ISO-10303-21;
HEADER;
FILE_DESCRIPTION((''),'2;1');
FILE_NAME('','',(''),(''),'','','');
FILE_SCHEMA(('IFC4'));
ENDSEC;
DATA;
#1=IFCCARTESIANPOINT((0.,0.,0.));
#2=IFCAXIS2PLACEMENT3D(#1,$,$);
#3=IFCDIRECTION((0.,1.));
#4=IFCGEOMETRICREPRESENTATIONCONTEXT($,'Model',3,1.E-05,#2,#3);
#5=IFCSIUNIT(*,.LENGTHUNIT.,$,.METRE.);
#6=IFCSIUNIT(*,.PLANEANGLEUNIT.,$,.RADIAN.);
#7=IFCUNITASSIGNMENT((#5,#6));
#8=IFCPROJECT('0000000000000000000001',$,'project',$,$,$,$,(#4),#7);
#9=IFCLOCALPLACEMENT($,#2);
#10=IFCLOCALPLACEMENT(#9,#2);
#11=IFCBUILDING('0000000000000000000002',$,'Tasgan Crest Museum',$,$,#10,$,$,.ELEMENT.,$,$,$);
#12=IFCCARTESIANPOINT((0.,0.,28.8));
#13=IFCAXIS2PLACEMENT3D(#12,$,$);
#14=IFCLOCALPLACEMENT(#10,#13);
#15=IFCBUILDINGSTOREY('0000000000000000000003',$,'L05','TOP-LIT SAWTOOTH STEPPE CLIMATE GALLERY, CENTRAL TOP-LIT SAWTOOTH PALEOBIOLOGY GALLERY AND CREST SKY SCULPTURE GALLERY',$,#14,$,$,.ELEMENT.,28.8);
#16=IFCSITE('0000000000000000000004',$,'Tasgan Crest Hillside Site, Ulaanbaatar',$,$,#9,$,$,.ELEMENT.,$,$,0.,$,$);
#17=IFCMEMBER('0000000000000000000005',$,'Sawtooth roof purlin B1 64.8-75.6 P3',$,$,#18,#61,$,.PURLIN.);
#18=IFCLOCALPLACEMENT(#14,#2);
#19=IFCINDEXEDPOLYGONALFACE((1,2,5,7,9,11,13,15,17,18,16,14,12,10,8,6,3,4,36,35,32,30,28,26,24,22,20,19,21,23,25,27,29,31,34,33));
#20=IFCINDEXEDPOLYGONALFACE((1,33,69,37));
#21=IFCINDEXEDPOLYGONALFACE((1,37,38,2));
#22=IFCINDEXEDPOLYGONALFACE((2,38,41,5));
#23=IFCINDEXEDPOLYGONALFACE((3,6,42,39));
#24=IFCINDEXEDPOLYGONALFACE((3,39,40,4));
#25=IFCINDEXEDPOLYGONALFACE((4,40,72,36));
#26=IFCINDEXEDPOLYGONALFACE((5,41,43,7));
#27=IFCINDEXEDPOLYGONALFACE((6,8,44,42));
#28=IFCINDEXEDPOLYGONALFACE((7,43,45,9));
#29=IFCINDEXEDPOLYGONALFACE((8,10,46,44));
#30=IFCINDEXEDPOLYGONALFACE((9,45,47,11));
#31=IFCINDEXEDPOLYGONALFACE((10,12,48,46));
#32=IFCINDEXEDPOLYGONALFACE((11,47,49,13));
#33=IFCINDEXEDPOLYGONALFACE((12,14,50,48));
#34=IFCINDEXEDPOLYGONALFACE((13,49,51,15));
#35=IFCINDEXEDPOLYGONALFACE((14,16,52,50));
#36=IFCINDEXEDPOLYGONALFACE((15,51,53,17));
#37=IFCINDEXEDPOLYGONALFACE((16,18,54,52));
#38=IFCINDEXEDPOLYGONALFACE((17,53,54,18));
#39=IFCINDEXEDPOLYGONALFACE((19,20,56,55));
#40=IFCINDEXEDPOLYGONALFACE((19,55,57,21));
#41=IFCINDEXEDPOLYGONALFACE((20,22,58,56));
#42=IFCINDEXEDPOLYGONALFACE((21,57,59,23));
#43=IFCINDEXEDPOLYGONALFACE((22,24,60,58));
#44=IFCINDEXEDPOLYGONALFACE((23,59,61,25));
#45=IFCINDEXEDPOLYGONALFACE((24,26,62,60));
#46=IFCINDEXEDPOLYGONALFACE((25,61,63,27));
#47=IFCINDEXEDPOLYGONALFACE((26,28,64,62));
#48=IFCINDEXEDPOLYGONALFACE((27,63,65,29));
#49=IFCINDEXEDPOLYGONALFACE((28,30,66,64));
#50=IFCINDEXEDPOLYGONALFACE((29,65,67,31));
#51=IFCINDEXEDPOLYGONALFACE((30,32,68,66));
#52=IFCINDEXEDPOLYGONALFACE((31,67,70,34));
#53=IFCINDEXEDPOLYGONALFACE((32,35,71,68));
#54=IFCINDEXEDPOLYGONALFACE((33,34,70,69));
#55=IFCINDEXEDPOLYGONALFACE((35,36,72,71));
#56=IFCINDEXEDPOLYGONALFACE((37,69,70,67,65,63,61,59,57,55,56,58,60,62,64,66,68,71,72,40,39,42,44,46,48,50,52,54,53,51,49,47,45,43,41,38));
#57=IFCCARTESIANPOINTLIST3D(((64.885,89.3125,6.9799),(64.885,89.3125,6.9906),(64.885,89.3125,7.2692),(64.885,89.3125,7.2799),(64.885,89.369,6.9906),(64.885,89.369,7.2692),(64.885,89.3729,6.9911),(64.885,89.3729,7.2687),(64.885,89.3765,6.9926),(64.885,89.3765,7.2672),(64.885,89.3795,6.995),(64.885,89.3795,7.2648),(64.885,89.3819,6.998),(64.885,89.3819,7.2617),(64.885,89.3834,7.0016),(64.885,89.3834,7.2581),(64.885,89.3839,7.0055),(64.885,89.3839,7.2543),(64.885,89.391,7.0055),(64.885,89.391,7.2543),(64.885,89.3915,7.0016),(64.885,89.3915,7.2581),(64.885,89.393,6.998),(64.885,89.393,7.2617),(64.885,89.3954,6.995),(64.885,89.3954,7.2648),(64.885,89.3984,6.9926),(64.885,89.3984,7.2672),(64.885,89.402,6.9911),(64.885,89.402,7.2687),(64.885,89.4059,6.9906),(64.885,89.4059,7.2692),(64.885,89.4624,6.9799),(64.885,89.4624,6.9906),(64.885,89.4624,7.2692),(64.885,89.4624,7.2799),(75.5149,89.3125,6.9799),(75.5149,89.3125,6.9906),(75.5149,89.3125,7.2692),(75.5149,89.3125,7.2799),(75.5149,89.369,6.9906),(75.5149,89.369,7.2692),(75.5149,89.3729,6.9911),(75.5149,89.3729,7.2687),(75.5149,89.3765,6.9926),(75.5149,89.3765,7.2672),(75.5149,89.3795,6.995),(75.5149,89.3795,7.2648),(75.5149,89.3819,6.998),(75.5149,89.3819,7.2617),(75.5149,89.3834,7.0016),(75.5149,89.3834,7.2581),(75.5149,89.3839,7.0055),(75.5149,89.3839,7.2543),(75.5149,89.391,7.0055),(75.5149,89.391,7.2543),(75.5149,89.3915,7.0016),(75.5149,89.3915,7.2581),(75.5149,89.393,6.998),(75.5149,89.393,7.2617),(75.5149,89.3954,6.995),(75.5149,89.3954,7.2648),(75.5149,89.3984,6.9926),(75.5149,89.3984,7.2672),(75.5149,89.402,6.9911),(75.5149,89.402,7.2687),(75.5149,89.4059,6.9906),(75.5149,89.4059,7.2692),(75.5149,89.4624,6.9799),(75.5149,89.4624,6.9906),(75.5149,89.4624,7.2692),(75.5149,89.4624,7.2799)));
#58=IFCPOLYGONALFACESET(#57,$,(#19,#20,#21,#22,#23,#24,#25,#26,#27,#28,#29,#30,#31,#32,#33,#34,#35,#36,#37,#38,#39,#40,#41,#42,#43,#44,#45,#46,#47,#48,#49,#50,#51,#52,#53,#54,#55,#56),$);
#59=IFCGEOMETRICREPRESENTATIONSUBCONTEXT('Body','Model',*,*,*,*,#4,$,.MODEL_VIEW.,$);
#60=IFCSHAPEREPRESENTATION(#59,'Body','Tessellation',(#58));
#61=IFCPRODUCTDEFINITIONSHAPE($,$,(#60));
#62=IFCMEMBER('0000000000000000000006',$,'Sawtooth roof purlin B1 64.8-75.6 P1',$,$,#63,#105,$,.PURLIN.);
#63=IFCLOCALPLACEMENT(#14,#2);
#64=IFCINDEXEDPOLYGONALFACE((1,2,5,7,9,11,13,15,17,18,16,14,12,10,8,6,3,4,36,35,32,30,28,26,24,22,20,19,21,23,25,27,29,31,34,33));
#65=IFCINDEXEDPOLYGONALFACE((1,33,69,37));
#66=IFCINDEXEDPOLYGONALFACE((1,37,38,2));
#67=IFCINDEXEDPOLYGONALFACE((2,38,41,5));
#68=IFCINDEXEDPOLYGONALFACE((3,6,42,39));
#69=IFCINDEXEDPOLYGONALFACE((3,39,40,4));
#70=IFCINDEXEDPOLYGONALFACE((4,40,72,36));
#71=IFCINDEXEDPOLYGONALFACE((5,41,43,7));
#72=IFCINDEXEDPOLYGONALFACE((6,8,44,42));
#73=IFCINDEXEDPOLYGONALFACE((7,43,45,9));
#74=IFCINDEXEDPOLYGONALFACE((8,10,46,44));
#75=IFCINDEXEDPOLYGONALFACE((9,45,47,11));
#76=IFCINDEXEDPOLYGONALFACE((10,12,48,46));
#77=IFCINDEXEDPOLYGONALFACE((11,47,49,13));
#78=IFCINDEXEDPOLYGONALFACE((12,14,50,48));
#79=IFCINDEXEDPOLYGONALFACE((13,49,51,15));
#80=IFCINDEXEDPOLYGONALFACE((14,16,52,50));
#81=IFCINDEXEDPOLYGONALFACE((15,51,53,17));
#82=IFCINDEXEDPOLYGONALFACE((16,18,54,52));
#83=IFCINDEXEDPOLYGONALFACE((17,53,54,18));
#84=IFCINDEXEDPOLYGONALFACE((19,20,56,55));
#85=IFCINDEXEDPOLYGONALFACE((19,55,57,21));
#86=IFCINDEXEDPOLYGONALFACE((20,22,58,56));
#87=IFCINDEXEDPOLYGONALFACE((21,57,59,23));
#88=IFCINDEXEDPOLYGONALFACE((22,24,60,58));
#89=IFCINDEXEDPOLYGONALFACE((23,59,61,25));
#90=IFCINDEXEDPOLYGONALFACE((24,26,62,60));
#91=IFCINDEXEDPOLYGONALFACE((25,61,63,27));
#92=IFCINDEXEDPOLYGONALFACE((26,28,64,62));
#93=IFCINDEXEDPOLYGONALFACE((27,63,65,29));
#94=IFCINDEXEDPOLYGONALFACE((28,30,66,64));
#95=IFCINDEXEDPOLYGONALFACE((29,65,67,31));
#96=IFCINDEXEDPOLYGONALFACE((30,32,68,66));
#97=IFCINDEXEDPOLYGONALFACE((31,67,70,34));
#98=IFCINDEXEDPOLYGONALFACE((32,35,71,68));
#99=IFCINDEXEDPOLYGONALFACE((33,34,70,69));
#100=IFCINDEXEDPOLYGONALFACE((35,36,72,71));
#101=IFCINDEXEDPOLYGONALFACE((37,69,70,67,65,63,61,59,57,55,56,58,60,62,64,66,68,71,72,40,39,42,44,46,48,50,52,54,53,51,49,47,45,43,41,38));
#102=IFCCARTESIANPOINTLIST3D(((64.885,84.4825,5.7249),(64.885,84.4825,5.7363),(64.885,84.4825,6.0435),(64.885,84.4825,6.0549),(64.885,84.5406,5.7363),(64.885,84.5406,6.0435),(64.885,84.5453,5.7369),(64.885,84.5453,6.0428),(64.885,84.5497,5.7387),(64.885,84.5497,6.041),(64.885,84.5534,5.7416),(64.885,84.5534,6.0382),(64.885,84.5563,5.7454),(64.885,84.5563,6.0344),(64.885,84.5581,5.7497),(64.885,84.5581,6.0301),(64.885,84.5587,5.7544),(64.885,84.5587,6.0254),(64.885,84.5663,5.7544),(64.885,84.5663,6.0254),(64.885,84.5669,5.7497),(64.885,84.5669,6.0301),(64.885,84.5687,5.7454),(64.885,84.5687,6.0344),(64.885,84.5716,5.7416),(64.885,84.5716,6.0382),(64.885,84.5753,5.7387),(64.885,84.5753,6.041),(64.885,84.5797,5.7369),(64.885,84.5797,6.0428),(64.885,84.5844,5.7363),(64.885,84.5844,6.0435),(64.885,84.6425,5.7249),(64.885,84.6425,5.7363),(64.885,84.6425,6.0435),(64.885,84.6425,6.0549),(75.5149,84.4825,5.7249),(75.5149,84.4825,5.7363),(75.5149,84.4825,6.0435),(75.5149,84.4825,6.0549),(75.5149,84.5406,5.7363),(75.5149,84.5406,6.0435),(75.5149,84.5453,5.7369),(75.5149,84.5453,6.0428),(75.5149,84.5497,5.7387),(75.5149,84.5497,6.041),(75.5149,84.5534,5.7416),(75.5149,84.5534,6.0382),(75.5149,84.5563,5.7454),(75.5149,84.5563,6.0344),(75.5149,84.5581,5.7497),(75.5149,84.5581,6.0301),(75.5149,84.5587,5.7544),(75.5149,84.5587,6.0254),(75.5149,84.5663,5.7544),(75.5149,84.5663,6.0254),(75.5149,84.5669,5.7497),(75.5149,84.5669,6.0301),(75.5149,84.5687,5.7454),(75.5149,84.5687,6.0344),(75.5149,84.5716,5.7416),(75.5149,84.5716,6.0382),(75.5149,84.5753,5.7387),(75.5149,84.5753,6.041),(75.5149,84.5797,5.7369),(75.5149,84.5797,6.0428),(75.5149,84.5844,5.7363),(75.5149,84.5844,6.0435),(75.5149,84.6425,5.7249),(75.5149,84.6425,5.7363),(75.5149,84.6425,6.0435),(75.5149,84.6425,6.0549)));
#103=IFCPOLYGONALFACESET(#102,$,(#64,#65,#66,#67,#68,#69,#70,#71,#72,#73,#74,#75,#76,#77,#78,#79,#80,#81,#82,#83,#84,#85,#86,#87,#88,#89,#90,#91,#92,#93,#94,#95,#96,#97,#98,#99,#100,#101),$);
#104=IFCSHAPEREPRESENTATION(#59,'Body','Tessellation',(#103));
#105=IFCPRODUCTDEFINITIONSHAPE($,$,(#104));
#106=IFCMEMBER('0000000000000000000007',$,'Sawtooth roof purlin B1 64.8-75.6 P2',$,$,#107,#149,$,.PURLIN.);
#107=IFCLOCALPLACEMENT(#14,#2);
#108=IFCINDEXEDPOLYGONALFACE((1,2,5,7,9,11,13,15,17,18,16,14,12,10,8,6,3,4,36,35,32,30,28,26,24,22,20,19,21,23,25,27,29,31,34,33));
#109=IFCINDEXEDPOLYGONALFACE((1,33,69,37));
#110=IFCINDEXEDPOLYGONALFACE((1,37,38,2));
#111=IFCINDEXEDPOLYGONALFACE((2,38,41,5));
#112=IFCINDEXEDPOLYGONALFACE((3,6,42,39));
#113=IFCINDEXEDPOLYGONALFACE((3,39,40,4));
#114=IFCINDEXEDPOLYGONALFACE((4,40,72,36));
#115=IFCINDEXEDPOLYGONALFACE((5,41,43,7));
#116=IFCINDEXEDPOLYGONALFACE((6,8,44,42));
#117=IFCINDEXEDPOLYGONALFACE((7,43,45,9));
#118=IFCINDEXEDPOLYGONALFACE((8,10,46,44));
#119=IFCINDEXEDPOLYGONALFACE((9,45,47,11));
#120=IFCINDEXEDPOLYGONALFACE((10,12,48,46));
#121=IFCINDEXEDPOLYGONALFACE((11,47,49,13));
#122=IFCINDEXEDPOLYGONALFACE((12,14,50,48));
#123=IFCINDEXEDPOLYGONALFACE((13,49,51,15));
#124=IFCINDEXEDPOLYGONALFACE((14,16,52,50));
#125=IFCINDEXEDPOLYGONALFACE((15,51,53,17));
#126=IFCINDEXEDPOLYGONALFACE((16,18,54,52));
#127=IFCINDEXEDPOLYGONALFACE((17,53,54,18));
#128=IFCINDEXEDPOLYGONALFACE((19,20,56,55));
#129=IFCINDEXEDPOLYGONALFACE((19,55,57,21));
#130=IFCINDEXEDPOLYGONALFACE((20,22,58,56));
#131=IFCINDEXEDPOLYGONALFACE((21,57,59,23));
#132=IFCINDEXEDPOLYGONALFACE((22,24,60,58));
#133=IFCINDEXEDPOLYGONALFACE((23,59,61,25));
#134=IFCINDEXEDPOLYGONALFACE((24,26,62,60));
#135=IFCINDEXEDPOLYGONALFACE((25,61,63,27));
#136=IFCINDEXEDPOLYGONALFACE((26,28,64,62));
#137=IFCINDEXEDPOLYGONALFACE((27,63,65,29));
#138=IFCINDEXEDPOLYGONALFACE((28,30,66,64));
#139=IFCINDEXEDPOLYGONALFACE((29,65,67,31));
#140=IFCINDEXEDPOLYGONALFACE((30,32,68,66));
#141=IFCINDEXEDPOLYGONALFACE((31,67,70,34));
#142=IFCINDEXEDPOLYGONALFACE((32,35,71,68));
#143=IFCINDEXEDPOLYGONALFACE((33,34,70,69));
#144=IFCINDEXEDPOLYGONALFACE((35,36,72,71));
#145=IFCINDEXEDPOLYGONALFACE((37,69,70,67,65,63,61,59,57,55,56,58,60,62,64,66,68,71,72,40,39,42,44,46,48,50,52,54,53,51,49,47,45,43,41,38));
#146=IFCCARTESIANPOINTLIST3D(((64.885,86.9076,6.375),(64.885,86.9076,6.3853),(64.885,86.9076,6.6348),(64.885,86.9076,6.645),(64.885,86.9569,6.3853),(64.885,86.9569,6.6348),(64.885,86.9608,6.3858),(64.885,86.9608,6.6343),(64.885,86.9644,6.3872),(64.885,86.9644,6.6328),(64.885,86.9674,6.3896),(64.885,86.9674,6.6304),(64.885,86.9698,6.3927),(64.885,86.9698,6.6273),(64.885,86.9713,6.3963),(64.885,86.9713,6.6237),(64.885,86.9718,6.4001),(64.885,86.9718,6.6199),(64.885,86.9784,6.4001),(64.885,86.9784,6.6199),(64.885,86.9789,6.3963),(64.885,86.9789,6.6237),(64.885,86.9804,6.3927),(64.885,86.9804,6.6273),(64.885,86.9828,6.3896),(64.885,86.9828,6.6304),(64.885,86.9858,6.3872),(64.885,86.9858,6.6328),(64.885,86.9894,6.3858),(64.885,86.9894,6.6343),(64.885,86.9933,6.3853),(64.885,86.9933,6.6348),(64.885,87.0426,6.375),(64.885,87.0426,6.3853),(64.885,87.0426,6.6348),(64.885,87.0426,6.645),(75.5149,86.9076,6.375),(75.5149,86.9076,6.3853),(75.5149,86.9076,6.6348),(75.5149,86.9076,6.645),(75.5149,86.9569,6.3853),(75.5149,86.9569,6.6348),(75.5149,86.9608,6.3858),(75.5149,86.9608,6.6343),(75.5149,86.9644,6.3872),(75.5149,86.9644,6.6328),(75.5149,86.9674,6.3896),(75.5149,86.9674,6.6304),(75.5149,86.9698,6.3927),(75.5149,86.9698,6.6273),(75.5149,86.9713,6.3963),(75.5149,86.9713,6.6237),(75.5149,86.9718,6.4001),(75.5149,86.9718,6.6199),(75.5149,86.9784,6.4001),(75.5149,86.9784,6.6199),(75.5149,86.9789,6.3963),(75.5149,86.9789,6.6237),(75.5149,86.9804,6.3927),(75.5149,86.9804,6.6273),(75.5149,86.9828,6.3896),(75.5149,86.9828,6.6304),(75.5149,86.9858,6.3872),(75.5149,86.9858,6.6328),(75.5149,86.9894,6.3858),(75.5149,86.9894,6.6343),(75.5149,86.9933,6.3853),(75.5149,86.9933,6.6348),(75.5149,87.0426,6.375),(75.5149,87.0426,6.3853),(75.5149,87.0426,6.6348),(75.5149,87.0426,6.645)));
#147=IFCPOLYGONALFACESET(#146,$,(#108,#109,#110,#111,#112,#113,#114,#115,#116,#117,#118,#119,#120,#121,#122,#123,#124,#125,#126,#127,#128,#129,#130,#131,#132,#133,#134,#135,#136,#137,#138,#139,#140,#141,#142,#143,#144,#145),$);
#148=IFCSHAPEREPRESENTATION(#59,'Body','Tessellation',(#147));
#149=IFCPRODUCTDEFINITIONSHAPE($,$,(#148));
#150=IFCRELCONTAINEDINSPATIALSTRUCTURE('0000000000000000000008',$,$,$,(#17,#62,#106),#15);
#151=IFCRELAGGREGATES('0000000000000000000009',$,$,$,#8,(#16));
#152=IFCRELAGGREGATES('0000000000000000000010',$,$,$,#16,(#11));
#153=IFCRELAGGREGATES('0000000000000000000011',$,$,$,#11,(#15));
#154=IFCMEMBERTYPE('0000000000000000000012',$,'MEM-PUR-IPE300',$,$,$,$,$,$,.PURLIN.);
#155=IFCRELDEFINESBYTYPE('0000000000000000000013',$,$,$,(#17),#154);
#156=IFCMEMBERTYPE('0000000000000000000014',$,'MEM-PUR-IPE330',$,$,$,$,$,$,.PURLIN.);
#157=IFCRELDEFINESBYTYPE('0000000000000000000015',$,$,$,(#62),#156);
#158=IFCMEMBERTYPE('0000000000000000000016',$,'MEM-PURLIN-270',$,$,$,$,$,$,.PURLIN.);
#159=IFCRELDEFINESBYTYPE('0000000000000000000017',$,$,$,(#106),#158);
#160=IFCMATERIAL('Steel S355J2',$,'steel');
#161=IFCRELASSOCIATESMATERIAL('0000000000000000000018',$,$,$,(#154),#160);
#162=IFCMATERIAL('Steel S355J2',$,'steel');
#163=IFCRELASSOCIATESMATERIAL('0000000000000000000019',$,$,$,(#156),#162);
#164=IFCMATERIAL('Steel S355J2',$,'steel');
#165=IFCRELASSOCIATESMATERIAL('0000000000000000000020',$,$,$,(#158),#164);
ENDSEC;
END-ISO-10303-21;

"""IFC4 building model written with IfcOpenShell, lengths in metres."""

from ifc_helpers import new_model, si_unit, direction, frame, origin, origin_2d, place, context, subcontext, project, spatial, i_section, extrude, material, material_profile, profile_set, type_object, element, save


model = new_model("IFC4")

# Units and contexts
model_context = context("Model", 3, precision=1e-05, world=origin(), true_north=direction((0.0, 1.0)))
body_context = subcontext(model_context, "Body", "Model", "MODEL_VIEW")
ifc_project = project(units=[si_unit("LENGTHUNIT", "METRE"), si_unit("PLANEANGLEUNIT", "RADIAN")], contexts=[model_context])

# Site, building, storey
site_placement = place(None, origin())
site = spatial("IfcSite", under=ifc_project, at=site_placement, Name="Tasgan Crest Hillside Site, Ulaanbaatar", CompositionType="ELEMENT", RefElevation=0.0)
building_placement = place(site_placement, origin())
building = spatial("IfcBuilding", under=site, at=building_placement, Name="Tasgan Crest Museum", CompositionType="ELEMENT")
storey_placement = place(building_placement, frame((0.0, 0.0, 28.8)))
storey = spatial("IfcBuildingStorey", under=building, at=storey_placement, Name="L05", Description="TOP-LIT SAWTOOTH STEPPE CLIMATE GALLERY, CENTRAL TOP-LIT SAWTOOTH PALEOBIOLOGY GALLERY AND CREST SKY SCULPTURE GALLERY", CompositionType="ELEMENT", Elevation=28.8)

# Members
ifc_material_1 = material(Name="Steel S355J2", Category="steel")
ifc_material_profile_1 = material_profile(ifc_material_1, i_section(OverallWidth=0.1499, OverallDepth=0.3, WebThickness=0.0071, FlangeThickness=0.0107, FilletRadius=0.0149, at=origin_2d()), Name="IPE 300")
ifc_profile_set_1 = profile_set([ifc_material_profile_1], Name="Steel S355J2")
member_type_1 = type_object("IfcMemberType", Name="MEM-PUR-IPE300", PredefinedType="PURLIN", material=ifc_profile_set_1)
member_1_placement = place(storey_placement, frame((64.885, 89.3875, 7.1299), z_axis=(1.0, 0.0, 0.0), x_axis=(0.0, 1.0, 0.0)))
element("IfcMember", 1, at=member_1_placement, inside=storey, type_object=member_type_1, Name="Sawtooth roof purlin B1 64.8-75.6 P3", PredefinedType="PURLIN", context=body_context, shape_type="SweptSolid", body=[
    extrude(i_section(OverallWidth=0.1499, OverallDepth=0.3, WebThickness=0.0071, FlangeThickness=0.0107, FilletRadius=0.0149, at=origin_2d()), origin(), (0.0, 0.0, 1.0), 10.6299),
])
ifc_material_2 = material(Name="Steel S355J2", Category="steel")
ifc_material_profile_2 = material_profile(ifc_material_2, i_section(OverallWidth=0.1599, OverallDepth=0.3301, WebThickness=0.0076, FlangeThickness=0.0115, FilletRadius=0.0181, at=origin_2d()), Name="IPE 330")
ifc_profile_set_2 = profile_set([ifc_material_profile_2], Name="Steel S355J2")
member_type_2 = type_object("IfcMemberType", Name="MEM-PUR-IPE330", PredefinedType="PURLIN", material=ifc_profile_set_2)
member_2_placement = place(storey_placement, frame((64.885, 84.5625, 5.8899), z_axis=(1.0, 0.0, 0.0), x_axis=(0.0, 1.0, 0.0)))
element("IfcMember", 2, at=member_2_placement, inside=storey, type_object=member_type_2, Name="Sawtooth roof purlin B1 64.8-75.6 P1", PredefinedType="PURLIN", context=body_context, shape_type="SweptSolid", body=[
    extrude(i_section(OverallWidth=0.1599, OverallDepth=0.3301, WebThickness=0.0076, FlangeThickness=0.0115, FilletRadius=0.0181, at=origin_2d()), origin(), (0.0, 0.0, 1.0), 10.6299),
])
ifc_material_3 = material(Name="Steel S355J2", Category="steel")
ifc_material_profile_3 = material_profile(ifc_material_3, i_section(OverallWidth=0.135, OverallDepth=0.27, WebThickness=0.0066, FlangeThickness=0.0103, FilletRadius=0.0149, at=origin_2d()), Name="IPE 270")
ifc_profile_set_3 = profile_set([ifc_material_profile_3], Name="Steel S355J2")
member_type_3 = type_object("IfcMemberType", Name="MEM-PURLIN-270", PredefinedType="PURLIN", material=ifc_profile_set_3)
member_3_placement = place(storey_placement, frame((64.885, 86.9751, 6.51), z_axis=(1.0, 0.0, 0.0), x_axis=(0.0, 1.0, 0.0)))
element("IfcMember", 3, at=member_3_placement, inside=storey, type_object=member_type_3, Name="Sawtooth roof purlin B1 64.8-75.6 P2", PredefinedType="PURLIN", context=body_context, shape_type="SweptSolid", body=[
    extrude(i_section(OverallWidth=0.135, OverallDepth=0.27, WebThickness=0.0066, FlangeThickness=0.0103, FilletRadius=0.0149, at=origin_2d()), origin(), (0.0, 0.0, 1.0), 10.6299),
])

save(model, "model.ifc")
